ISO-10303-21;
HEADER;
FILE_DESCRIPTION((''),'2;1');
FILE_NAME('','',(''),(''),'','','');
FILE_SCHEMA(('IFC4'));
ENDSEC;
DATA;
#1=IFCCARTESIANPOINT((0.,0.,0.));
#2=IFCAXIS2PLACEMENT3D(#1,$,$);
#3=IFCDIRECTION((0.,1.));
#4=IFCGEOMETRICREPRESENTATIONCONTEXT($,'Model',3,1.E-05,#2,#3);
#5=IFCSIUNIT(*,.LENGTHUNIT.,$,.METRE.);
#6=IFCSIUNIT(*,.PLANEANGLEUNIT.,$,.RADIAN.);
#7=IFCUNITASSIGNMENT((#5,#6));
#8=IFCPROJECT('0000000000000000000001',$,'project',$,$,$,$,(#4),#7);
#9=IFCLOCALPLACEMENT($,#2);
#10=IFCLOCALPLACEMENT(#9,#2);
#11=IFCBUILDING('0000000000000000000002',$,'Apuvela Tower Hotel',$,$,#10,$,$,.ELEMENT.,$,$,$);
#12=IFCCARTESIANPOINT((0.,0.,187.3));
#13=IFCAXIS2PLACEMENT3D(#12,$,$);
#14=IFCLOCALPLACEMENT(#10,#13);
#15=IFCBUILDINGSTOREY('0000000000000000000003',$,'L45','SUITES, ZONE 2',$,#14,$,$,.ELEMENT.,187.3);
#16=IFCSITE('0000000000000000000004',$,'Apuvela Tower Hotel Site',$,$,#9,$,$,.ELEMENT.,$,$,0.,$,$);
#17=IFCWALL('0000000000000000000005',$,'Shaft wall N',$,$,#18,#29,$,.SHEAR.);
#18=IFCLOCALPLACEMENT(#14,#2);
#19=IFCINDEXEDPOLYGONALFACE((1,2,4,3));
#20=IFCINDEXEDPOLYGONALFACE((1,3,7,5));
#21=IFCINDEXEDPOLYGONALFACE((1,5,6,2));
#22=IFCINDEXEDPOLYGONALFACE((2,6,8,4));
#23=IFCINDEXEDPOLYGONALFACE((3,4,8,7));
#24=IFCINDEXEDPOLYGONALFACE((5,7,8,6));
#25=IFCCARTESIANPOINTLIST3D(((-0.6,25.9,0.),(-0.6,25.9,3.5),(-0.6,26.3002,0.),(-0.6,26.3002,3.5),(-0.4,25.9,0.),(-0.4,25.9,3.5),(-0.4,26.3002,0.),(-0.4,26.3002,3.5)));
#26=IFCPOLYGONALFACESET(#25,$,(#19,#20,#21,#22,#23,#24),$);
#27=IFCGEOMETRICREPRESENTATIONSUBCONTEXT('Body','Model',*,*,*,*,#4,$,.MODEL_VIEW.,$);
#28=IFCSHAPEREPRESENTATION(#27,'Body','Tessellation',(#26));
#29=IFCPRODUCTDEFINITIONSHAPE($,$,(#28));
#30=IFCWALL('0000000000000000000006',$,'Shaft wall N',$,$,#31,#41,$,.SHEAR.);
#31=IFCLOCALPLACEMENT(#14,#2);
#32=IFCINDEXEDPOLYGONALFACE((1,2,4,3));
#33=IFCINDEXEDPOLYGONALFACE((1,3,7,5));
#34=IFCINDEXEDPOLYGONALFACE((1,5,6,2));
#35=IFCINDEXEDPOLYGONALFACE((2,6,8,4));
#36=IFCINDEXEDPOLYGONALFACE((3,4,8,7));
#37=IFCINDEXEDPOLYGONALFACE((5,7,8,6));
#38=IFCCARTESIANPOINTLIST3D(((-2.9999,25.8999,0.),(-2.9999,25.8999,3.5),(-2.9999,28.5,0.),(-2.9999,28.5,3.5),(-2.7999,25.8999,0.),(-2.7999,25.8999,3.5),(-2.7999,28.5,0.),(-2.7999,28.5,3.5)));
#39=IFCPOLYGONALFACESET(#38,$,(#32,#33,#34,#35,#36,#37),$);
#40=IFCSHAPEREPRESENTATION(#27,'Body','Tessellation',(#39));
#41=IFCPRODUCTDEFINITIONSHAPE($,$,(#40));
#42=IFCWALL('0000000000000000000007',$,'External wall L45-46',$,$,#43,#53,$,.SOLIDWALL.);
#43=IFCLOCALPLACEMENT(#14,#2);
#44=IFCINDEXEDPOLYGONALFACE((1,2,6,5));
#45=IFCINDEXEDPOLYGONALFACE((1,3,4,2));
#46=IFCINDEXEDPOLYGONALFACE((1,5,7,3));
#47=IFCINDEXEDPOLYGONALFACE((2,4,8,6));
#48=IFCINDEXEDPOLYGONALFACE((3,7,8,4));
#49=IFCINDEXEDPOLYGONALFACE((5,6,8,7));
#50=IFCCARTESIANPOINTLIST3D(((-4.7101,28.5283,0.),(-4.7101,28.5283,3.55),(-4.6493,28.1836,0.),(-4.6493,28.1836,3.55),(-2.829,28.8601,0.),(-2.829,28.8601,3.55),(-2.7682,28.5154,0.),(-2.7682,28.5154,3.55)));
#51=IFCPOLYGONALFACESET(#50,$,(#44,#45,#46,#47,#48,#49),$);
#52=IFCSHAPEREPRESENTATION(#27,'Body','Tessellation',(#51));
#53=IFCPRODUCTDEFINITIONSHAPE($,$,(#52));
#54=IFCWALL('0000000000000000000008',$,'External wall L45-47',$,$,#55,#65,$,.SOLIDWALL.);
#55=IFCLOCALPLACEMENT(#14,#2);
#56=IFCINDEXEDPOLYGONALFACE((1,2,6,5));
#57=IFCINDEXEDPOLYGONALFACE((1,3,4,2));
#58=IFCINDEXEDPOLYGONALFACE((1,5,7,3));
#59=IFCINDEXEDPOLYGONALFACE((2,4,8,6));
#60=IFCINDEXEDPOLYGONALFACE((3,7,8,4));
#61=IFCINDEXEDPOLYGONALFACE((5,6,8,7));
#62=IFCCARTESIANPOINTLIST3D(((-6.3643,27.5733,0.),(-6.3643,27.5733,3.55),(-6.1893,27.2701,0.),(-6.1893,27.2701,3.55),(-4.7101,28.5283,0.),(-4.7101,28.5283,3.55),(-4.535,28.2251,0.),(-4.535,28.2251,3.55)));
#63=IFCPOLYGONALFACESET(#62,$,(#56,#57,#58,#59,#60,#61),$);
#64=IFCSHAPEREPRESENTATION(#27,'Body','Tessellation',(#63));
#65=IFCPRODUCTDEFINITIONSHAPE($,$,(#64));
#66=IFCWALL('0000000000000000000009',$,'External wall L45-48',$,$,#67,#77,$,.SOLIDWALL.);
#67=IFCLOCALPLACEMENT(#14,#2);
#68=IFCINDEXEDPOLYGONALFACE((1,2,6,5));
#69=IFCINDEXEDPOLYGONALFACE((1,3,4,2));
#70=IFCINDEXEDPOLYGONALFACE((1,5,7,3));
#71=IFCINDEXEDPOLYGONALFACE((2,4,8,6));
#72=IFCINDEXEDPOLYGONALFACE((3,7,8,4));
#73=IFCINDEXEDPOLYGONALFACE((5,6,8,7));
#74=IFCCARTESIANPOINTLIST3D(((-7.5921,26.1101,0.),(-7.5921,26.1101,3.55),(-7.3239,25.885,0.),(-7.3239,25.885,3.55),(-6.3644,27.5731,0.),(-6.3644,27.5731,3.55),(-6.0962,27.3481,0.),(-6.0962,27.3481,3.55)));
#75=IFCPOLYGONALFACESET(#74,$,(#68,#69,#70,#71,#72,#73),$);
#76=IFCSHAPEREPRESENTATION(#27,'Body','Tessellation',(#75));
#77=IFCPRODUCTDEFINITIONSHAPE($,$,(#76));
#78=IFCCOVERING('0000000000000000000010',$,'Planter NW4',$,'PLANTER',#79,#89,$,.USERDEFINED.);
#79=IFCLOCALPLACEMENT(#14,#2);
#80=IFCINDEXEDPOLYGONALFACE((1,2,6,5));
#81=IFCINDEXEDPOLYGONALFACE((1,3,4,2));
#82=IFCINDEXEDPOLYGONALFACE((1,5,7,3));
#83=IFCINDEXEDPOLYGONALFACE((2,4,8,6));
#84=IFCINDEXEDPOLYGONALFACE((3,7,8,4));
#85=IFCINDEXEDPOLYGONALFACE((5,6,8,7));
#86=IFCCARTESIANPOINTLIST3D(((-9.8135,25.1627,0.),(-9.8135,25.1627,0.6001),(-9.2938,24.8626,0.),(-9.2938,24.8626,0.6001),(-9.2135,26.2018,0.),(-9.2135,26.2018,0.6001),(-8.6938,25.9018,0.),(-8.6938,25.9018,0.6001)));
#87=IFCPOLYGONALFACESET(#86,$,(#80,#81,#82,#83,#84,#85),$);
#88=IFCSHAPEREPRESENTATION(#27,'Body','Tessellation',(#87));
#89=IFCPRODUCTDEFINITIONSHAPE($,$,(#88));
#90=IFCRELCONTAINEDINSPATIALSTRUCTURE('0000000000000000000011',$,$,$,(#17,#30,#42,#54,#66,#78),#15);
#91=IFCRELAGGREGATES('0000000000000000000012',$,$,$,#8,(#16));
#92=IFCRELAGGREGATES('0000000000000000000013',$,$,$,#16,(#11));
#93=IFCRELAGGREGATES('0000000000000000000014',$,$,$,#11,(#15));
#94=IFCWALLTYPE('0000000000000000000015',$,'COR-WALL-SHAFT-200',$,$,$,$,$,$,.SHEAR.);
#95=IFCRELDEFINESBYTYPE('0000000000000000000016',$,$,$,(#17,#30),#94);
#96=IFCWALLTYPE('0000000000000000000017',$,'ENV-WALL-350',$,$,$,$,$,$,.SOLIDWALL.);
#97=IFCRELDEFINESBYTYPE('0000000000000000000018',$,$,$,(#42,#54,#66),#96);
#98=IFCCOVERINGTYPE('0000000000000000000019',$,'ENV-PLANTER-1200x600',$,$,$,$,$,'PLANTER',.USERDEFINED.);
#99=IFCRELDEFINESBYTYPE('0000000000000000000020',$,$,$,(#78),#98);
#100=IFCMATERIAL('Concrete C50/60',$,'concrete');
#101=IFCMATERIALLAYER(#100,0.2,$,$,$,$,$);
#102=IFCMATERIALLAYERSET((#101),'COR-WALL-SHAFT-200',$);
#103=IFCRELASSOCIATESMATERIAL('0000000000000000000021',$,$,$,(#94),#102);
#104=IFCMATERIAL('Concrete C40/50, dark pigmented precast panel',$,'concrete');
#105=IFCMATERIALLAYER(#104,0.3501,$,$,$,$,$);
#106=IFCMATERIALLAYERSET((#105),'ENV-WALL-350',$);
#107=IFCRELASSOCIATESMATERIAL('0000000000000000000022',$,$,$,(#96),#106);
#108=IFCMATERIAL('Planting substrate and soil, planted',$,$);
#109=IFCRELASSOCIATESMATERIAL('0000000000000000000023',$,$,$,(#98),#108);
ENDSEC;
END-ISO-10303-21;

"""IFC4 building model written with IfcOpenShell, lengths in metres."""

from ifc_helpers import new_model, si_unit, direction, frame, frame_2d, origin, origin_2d, place, context, subcontext, project, spatial, rectangle, extrude, material, layer, layer_set, type_object, element, save


model = new_model("IFC4")

# Units and contexts
model_context = context("Model", 3, precision=1e-05, world=origin(), true_north=direction((0.0, 1.0)))
body_context = subcontext(model_context, "Body", "Model", "MODEL_VIEW")
ifc_project = project(units=[si_unit("LENGTHUNIT", "METRE"), si_unit("PLANEANGLEUNIT", "RADIAN")], contexts=[model_context])

# Site, building, storey
site_placement = place(None, origin())
site = spatial("IfcSite", under=ifc_project, at=site_placement, Name="Apuvela Tower Hotel Site", CompositionType="ELEMENT", RefElevation=0.0)
building_placement = place(site_placement, origin())
building = spatial("IfcBuilding", under=site, at=building_placement, Name="Apuvela Tower Hotel", CompositionType="ELEMENT")
storey_placement = place(building_placement, frame((0.0, 0.0, 187.3)))
storey = spatial("IfcBuildingStorey", under=building, at=storey_placement, Name="L45", Description="SUITES, ZONE 2", CompositionType="ELEMENT", Elevation=187.3)

# Walls
ifc_material_1 = material(Name="Concrete C50/60", Category="concrete")
ifc_layer_1 = layer(ifc_material_1, 0.2)
ifc_layer_set_1 = layer_set([ifc_layer_1], Name="COR-WALL-SHAFT-200")
wall_type_1 = type_object("IfcWallType", Name="COR-WALL-SHAFT-200", PredefinedType="SHEAR", material=ifc_layer_set_1)
wall_1_placement = place(storey_placement, frame((-0.5, 25.8999, 0.0), z_axis=(0.0, 0.0, 1.0), x_axis=(0.0, 1.0, 0.0)))
element("IfcWall", 1, at=wall_1_placement, inside=storey, type_object=wall_type_1, Name="Shaft wall N", PredefinedType="SHEAR", context=body_context, shape_type="SweptSolid", body=[
    extrude(rectangle(XDim=0.4001, YDim=0.2, at=frame_2d((0.2002, 0.0))), origin(), (0.0, 0.0, 1.0), 3.5),
])
wall_2_placement = place(storey_placement, frame((-2.8999, 25.8999, 0.0), z_axis=(0.0, 0.0, 1.0), x_axis=(0.0, 1.0, 0.0)))
element("IfcWall", 2, at=wall_2_placement, inside=storey, type_object=wall_type_1, Name="Shaft wall N", PredefinedType="SHEAR", context=body_context, shape_type="SweptSolid", body=[
    extrude(rectangle(XDim=2.6001, YDim=0.2, at=frame_2d((1.3, 0.0))), origin(), (0.0, 0.0, 1.0), 3.5),
])

# Shared definitions
ifc_material_2 = material(Name="Concrete C40/50, dark pigmented precast panel", Category="concrete")
ifc_layer_2 = layer(ifc_material_2, 0.3501)
ifc_layer_set_2 = layer_set([ifc_layer_2], Name="ENV-WALL-350")
wall_type_2 = type_object("IfcWallType", Name="ENV-WALL-350", PredefinedType="SOLIDWALL", material=ifc_layer_set_2)

# Walls
for number, where, z_axis, x_axis, name in (
    (3, (-2.7986, 28.6877, 0.0), (0.0, 0.0, 1.0), (-0.984799, -0.173698, 0.0), "External wall L45-46"),
    (4, (-4.6226, 28.3767, 0.0), (0.0, 0.0, 1.0), (-0.866032, -0.499988, 0.0), "External wall L45-47"),
):
    element("IfcWall", number, at=place(storey_placement, frame(where, z_axis=z_axis, x_axis=x_axis)), inside=storey, type_object=wall_type_2, Name=name, PredefinedType="SOLIDWALL", context=body_context, shape_type="SweptSolid", body=[
        extrude(rectangle(XDim=1.9102, YDim=0.3501, at=frame_2d((0.9551, 0.0))), origin(), (0.0, 0.0, 1.0), 3.55),
    ])
wall_3_placement = place(storey_placement, frame((-6.2302, 27.4607, 0.0), z_axis=(0.0, 0.0, 1.0), x_axis=(-0.642808, -0.766027, 0.0)))
element("IfcWall", 5, at=wall_3_placement, inside=storey, type_object=wall_type_2, Name="External wall L45-48", PredefinedType="SOLIDWALL", context=body_context, shape_type="SweptSolid", body=[
    extrude(rectangle(XDim=1.9099, YDim=0.3501, at=frame_2d((0.9551, 0.0))), origin(), (0.0, 0.0, 1.0), 3.55),
])

# Covering
ifc_material_3 = material(Name="Planting substrate and soil, planted")
covering_type = type_object("IfcCoveringType", Name="ENV-PLANTER-1200x600", ElementType="PLANTER", PredefinedType="USERDEFINED", material=ifc_material_3)
covering_placement = place(storey_placement, frame((-9.2537, 25.5322, 0.0), z_axis=(0.0, 0.0, 1.0), x_axis=(-0.5, -0.866025, 0.0)))
element("IfcCovering", 6, at=covering_placement, inside=storey, type_object=covering_type, Name="Planter NW4", ObjectType="PLANTER", PredefinedType="USERDEFINED", context=body_context, shape_type="SweptSolid", body=[
    extrude(rectangle(XDim=1.2, YDim=0.6001, at=origin_2d()), origin(), (0.0, 0.0, 1.0), 0.6001),
])

save(model, "model.ifc")
